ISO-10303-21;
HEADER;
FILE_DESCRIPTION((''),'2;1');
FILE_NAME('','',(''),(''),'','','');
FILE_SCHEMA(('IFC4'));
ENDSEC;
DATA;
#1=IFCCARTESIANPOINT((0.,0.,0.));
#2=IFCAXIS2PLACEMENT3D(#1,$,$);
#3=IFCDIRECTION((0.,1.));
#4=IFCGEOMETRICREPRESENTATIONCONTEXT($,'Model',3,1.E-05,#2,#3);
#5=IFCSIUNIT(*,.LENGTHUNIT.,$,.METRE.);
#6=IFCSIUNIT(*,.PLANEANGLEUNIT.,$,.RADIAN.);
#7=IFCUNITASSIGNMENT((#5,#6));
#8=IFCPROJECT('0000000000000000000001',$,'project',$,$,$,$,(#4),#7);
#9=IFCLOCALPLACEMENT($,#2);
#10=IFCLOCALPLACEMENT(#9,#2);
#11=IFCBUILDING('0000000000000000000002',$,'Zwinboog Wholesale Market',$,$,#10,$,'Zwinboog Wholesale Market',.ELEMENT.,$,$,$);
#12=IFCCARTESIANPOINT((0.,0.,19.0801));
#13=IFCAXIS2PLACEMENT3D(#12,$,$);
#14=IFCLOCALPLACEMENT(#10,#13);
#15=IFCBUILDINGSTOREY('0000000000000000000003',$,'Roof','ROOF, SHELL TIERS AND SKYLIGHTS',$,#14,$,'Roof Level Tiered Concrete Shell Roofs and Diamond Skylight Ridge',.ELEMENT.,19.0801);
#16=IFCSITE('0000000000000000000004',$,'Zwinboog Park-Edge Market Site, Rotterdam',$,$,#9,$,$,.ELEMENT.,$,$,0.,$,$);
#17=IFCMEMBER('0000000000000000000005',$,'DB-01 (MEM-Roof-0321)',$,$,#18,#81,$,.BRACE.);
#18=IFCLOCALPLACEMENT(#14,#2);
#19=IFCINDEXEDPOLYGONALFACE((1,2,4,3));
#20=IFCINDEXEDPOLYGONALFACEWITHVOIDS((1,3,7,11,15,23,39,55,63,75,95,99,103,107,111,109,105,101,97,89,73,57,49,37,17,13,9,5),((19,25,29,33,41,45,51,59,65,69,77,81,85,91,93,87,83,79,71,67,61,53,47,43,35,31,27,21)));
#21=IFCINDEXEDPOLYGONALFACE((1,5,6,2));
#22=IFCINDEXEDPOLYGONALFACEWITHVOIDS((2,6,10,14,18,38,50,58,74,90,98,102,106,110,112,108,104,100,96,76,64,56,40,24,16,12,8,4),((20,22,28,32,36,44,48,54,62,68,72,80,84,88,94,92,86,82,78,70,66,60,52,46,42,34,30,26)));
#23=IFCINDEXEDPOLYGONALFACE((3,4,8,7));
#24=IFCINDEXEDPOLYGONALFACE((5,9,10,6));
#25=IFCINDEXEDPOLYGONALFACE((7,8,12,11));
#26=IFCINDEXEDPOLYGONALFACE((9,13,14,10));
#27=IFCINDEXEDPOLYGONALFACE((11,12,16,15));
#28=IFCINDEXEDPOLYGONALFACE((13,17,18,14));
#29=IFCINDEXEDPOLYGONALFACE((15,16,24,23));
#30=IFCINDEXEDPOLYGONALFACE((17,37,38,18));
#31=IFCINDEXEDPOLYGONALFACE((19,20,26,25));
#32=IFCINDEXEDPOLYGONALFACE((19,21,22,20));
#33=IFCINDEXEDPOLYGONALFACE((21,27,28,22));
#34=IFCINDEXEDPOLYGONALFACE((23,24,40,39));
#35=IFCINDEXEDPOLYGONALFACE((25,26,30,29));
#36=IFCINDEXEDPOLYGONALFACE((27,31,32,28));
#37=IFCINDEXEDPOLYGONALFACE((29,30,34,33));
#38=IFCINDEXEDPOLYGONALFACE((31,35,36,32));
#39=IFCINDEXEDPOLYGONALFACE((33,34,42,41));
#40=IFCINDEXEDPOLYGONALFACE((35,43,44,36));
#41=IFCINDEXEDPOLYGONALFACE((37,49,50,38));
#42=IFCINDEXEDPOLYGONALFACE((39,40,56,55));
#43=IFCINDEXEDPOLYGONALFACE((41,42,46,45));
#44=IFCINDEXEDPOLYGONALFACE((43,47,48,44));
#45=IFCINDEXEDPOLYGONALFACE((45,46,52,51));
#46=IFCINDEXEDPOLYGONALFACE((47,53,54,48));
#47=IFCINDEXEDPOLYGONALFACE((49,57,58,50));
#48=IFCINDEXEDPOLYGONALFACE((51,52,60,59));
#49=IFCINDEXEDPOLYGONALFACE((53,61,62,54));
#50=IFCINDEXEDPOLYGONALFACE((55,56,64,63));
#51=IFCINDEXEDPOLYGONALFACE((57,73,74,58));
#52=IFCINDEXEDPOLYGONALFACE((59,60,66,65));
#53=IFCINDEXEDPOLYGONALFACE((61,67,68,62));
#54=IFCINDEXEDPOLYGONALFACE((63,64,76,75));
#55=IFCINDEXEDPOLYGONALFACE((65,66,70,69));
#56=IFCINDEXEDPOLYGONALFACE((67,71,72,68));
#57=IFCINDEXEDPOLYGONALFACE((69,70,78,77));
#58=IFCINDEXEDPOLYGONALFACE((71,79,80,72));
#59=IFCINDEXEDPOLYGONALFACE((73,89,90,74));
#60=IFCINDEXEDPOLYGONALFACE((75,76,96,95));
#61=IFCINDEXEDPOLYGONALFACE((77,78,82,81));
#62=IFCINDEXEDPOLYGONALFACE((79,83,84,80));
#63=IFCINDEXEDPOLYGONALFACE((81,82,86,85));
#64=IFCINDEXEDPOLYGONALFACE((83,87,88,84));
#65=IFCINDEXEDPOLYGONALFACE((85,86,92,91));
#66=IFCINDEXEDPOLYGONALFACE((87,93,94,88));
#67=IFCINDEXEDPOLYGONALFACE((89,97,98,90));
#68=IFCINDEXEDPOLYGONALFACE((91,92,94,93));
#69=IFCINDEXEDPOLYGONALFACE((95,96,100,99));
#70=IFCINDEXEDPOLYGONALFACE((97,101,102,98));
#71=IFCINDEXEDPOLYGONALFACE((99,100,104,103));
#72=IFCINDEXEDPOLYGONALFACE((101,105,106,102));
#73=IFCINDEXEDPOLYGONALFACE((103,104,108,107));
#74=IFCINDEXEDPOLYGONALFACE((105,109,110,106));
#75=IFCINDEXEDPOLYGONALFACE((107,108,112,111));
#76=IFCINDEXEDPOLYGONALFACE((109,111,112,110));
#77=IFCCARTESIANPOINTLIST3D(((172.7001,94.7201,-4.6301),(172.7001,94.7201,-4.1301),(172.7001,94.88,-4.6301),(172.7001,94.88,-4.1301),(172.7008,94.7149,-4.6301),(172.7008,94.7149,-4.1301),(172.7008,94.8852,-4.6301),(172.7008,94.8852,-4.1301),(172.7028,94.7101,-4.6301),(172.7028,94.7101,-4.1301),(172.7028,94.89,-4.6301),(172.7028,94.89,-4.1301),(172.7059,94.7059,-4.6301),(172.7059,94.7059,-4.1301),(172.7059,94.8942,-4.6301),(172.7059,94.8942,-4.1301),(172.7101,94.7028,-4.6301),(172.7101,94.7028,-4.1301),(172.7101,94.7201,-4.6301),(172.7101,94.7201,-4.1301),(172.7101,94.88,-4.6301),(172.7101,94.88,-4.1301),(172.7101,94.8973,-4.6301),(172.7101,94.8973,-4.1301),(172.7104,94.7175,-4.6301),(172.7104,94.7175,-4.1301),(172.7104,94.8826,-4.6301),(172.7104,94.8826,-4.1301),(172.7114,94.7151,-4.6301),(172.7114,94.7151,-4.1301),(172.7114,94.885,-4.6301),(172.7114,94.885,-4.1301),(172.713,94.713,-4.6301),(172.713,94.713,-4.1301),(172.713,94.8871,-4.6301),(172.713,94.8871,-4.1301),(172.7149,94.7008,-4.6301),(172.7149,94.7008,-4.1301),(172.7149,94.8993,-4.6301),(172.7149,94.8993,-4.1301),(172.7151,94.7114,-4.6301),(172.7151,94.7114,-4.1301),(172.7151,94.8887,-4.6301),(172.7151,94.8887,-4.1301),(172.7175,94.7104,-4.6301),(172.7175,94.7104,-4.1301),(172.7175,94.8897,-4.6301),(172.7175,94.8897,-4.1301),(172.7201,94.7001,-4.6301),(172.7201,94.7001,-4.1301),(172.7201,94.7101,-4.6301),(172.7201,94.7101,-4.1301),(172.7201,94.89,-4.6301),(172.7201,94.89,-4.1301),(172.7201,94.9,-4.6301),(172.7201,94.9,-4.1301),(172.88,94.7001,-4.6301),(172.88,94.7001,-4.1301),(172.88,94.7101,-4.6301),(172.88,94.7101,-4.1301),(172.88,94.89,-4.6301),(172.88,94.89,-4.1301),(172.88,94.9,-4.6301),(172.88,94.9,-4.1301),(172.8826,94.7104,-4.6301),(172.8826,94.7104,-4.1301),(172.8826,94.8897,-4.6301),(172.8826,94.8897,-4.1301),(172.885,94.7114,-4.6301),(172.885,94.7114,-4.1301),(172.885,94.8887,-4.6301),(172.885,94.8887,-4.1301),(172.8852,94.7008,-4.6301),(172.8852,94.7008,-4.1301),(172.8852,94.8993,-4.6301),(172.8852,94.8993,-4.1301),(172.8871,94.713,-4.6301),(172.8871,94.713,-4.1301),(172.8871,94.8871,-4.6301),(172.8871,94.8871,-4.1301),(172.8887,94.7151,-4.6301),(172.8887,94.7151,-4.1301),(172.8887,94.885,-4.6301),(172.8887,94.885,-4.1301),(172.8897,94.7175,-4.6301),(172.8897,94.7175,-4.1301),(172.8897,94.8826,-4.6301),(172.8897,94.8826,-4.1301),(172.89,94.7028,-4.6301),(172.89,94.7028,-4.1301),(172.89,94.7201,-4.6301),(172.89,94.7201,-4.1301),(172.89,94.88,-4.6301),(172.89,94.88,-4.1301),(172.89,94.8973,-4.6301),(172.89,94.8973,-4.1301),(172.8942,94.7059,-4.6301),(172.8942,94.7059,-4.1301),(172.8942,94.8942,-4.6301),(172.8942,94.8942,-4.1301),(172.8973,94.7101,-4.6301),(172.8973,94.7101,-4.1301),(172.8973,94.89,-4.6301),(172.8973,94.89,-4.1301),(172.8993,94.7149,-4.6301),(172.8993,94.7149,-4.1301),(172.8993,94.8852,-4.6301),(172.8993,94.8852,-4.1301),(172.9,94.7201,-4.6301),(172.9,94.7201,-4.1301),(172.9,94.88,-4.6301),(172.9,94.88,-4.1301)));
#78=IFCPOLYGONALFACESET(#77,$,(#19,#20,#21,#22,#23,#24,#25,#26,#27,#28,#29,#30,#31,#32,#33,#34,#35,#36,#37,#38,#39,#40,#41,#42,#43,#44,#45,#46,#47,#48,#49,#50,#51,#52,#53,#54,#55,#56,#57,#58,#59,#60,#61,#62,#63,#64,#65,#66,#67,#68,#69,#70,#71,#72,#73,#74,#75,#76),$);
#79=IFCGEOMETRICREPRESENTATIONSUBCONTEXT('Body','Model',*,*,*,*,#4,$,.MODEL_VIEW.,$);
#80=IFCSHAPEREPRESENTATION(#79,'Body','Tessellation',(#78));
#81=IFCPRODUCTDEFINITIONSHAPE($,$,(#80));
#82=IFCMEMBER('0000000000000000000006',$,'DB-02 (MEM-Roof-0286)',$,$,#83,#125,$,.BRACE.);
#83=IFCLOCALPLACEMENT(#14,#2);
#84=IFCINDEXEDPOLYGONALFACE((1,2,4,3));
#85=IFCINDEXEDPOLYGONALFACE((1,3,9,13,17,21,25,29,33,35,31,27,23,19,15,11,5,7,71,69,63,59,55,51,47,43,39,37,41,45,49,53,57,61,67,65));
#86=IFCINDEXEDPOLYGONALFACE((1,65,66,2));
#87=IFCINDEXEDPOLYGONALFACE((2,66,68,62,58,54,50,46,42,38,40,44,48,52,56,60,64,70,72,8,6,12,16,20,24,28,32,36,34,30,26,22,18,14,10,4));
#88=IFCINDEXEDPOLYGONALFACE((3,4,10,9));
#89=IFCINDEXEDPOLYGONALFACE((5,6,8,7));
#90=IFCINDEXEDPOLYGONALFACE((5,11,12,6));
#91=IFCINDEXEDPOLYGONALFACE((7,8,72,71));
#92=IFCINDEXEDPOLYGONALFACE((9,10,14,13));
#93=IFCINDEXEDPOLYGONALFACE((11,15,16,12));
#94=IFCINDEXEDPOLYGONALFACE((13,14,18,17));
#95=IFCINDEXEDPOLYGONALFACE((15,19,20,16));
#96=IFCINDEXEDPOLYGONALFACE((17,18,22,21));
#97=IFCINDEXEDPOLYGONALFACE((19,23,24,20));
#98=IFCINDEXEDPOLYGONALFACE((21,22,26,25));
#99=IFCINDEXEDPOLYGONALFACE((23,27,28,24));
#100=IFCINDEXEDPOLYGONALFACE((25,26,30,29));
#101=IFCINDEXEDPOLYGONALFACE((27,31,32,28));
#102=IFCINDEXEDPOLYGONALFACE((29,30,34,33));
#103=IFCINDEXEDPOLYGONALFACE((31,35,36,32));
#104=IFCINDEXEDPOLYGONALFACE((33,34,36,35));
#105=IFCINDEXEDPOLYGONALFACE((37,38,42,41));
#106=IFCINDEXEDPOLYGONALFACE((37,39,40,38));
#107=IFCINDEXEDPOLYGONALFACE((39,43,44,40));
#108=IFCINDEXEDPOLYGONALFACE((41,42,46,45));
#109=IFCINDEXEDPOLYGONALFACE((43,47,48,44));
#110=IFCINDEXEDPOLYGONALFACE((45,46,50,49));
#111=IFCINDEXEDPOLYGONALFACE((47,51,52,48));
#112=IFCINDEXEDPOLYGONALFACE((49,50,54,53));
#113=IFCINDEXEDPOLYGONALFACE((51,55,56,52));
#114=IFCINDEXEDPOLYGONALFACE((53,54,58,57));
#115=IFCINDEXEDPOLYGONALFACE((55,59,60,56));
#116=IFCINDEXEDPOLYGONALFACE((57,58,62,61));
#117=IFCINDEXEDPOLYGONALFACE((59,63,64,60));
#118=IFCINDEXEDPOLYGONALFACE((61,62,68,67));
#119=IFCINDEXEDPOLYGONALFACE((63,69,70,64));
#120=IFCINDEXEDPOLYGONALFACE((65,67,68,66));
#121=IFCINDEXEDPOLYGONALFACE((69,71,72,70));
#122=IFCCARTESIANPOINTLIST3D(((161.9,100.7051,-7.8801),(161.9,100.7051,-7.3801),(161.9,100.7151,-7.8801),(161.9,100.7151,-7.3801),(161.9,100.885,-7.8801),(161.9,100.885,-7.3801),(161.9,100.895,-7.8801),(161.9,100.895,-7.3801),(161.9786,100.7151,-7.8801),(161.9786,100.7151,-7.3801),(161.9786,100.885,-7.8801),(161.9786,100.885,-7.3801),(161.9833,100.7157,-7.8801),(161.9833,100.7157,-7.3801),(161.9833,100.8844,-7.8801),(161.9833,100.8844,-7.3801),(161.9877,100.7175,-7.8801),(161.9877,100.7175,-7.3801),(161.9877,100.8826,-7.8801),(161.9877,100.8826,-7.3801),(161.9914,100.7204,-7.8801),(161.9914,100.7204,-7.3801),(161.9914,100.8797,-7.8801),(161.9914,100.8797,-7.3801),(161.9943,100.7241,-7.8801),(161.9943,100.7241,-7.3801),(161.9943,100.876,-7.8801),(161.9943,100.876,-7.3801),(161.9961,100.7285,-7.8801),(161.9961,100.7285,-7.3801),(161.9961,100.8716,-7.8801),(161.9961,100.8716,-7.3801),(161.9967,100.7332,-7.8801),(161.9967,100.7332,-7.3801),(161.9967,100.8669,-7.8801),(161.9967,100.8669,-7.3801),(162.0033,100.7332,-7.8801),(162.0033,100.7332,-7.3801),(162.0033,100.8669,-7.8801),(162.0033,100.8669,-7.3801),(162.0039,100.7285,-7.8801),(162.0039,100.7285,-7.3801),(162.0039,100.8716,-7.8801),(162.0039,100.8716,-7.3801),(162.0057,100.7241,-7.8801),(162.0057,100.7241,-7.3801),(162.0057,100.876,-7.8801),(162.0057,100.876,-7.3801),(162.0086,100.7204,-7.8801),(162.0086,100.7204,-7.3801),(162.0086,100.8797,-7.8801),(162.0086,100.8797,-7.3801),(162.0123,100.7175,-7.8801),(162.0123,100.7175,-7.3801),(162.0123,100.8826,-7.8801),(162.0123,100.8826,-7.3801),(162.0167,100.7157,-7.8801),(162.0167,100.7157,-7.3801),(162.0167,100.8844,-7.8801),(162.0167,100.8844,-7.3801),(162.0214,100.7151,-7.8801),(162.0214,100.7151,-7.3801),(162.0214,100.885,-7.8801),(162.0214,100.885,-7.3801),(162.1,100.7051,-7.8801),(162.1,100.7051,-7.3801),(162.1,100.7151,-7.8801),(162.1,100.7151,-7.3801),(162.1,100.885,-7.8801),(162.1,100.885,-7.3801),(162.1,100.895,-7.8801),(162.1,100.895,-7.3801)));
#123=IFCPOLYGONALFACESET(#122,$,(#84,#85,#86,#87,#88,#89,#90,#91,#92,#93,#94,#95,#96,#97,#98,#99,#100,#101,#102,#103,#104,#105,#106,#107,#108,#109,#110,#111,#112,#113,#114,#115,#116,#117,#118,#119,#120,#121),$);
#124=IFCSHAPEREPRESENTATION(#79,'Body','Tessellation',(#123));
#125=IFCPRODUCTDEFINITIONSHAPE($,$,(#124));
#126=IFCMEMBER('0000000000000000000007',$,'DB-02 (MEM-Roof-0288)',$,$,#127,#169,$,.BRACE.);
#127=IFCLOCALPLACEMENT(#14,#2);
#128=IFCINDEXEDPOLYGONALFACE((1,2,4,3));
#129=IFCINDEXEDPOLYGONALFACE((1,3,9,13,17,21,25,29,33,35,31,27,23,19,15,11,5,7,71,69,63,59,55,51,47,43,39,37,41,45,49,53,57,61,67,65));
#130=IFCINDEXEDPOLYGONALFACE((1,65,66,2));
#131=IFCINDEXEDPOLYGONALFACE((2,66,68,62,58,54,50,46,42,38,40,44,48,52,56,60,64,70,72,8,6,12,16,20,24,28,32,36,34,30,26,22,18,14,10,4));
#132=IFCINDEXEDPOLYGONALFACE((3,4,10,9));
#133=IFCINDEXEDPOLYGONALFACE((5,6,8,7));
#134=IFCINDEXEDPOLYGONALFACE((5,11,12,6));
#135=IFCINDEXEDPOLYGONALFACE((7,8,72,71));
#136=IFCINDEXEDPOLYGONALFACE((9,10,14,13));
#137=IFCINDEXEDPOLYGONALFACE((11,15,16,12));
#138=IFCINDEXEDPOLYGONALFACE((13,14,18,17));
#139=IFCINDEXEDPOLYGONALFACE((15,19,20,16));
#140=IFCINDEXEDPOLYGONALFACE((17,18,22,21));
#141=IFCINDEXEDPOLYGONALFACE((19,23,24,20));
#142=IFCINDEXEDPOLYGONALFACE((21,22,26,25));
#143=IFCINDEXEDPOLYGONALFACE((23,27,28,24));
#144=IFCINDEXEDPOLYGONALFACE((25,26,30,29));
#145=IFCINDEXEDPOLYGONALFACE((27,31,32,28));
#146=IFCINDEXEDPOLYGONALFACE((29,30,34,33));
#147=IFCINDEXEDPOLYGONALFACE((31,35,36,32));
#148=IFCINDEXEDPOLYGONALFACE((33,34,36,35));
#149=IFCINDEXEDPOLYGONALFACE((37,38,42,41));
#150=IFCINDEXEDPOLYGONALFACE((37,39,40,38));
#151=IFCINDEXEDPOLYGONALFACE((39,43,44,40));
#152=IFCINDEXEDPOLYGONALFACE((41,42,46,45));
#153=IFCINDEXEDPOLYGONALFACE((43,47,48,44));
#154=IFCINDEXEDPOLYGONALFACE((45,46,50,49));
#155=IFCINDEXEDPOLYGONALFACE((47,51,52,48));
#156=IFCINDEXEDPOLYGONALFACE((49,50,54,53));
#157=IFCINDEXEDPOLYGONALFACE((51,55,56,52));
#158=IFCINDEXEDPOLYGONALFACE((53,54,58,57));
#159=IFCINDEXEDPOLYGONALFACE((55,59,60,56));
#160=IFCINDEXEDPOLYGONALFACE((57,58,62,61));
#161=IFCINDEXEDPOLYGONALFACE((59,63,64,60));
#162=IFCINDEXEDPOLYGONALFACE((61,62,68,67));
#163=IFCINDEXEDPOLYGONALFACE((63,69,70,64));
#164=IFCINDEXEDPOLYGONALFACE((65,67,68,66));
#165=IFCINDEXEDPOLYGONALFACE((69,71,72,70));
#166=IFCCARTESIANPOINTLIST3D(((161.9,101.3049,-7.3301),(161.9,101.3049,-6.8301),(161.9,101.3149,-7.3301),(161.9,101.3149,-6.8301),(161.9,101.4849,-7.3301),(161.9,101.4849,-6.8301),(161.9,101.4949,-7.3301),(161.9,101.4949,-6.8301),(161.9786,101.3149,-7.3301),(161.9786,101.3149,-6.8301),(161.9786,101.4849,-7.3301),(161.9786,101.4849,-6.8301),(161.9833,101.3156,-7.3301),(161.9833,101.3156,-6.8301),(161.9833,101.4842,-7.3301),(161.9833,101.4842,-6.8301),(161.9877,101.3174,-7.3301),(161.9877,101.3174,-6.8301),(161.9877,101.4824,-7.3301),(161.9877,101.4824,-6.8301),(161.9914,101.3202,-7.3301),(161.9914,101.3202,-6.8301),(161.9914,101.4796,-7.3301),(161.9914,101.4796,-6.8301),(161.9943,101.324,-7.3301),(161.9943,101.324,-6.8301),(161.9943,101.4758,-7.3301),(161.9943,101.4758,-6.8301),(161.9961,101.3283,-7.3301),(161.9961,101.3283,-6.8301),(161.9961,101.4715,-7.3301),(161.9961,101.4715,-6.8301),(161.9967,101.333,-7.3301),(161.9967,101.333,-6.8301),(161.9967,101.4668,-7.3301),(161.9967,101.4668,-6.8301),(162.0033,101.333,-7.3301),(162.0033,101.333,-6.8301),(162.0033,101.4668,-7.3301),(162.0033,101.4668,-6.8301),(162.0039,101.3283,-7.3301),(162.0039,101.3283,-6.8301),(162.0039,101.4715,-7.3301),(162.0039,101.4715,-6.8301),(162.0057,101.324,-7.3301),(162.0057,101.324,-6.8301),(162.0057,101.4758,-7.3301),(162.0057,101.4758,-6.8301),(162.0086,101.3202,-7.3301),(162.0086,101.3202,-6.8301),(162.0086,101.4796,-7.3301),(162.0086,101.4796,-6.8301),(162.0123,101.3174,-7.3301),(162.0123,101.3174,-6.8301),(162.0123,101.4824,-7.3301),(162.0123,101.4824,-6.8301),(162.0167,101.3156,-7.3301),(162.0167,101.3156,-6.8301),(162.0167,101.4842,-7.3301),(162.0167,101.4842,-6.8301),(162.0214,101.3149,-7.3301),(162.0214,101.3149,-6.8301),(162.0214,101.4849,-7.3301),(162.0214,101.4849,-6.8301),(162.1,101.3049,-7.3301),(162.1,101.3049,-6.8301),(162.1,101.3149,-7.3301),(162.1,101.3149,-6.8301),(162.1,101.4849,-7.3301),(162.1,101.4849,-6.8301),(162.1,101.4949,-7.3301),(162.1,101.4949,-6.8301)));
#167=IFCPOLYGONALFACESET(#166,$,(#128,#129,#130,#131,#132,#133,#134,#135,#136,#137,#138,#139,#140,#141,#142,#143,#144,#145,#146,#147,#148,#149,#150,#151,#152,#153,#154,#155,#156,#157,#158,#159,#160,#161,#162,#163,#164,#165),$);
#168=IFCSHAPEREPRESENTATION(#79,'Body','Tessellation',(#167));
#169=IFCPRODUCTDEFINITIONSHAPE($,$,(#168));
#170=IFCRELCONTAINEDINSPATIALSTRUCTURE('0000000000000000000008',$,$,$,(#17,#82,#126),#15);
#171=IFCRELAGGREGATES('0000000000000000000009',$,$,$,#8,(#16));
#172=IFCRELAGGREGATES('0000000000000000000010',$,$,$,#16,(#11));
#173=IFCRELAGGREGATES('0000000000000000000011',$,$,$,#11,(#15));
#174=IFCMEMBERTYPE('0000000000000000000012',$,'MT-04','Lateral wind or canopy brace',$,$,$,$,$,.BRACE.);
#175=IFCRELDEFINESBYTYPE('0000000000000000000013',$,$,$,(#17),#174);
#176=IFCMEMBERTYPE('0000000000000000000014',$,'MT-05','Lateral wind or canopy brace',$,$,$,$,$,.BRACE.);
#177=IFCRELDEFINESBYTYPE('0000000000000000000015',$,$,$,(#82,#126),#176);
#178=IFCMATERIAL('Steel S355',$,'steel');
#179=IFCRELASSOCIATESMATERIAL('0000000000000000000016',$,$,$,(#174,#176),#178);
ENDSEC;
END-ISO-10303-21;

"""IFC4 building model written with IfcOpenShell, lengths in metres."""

from ifc_helpers import new_model, si_unit, direction, frame, origin, origin_2d, place, context, subcontext, project, spatial, hollow_rectangle, i_section, extrude, material, material_profile, profile_set, type_object, element, save


model = new_model("IFC4")

# Units and contexts
model_context = context("Model", 3, precision=1e-05, world=origin(), true_north=direction((0.0, 1.0)))
body_context = subcontext(model_context, "Body", "Model", "MODEL_VIEW")
ifc_project = project(units=[si_unit("LENGTHUNIT", "METRE"), si_unit("PLANEANGLEUNIT", "RADIAN")], contexts=[model_context])

# Site, building, storey
site_placement = place(None, origin())
site = spatial("IfcSite", under=ifc_project, at=site_placement, Name="Zwinboog Park-Edge Market Site, Rotterdam", CompositionType="ELEMENT", RefElevation=0.0)
building_placement = place(site_placement, origin())
building = spatial("IfcBuilding", under=site, at=building_placement, Name="Zwinboog Wholesale Market", LongName="Zwinboog Wholesale Market", CompositionType="ELEMENT")
storey_placement = place(building_placement, frame((0.0, 0.0, 19.0801)))
storey = spatial("IfcBuildingStorey", under=building, at=storey_placement, Name="Roof", Description="ROOF, SHELL TIERS AND SKYLIGHTS", LongName="Roof Level Tiered Concrete Shell Roofs and Diamond Skylight Ridge", CompositionType="ELEMENT", Elevation=19.0801)

# Members
ifc_material_1 = material(Name="Steel S355", Category="steel")
ifc_material_profile_1 = material_profile(ifc_material_1, hollow_rectangle(XDim=0.2, YDim=0.2, WallThickness=0.01, InnerFilletRadius=0.01, OuterFilletRadius=0.02, at=origin_2d()), Name="SHS 200x200x10")
ifc_profile_set_1 = profile_set([ifc_material_profile_1], Name="Steel S355")
member_type_1 = type_object("IfcMemberType", Name="MT-04", Description="Lateral wind or canopy brace", PredefinedType="BRACE", material=ifc_profile_set_1)
for number, where, z_axis, x_axis, name in (
    (1, (172.8, 94.8, -4.6301), (0.0, 0.0, 1.0), (1.0, 0.0, 0.0), "DB-01 (MEM-Roof-0321)"),
):
    element("IfcMember", number, at=place(storey_placement, frame(where, z_axis=z_axis, x_axis=x_axis)), inside=storey, type_object=member_type_1, Name=name, PredefinedType="BRACE", context=body_context, shape_type="SweptSolid", body=[
        extrude(hollow_rectangle(XDim=0.2, YDim=0.2, WallThickness=0.01, InnerFilletRadius=0.01, OuterFilletRadius=0.02, at=origin_2d()), origin(), (0.0, 0.0, 1.0), 0.5),
    ])
ifc_material_profile_2 = material_profile(ifc_material_1, i_section(OverallWidth=0.2, OverallDepth=0.1899, WebThickness=0.0066, FlangeThickness=0.01, FilletRadius=0.0181, at=origin_2d()), Name="HEA 200")
ifc_profile_set_2 = profile_set([ifc_material_profile_2], Name="Steel S355")
member_type_2 = type_object("IfcMemberType", Name="MT-05", Description="Lateral wind or canopy brace", PredefinedType="BRACE", material=ifc_profile_set_2)
for number, where, z_axis, x_axis, name in (
    (2, (162.0, 100.8, -7.8801), (0.0, 0.0, 1.0), (1.0, 0.0, 0.0), "DB-02 (MEM-Roof-0286)"),
    (3, (162.0, 101.3999, -7.3301), (0.0, 0.0, 1.0), (1.0, 0.0, 0.0), "DB-02 (MEM-Roof-0288)"),
):
    element("IfcMember", number, at=place(storey_placement, frame(where, z_axis=z_axis, x_axis=x_axis)), inside=storey, type_object=member_type_2, Name=name, PredefinedType="BRACE", context=body_context, shape_type="SweptSolid", body=[
        extrude(i_section(OverallWidth=0.2, OverallDepth=0.1899, WebThickness=0.0066, FlangeThickness=0.01, FilletRadius=0.0181, at=origin_2d()), origin(), (0.0, 0.0, 1.0), 0.5),
    ])

save(model, "model.ifc")
